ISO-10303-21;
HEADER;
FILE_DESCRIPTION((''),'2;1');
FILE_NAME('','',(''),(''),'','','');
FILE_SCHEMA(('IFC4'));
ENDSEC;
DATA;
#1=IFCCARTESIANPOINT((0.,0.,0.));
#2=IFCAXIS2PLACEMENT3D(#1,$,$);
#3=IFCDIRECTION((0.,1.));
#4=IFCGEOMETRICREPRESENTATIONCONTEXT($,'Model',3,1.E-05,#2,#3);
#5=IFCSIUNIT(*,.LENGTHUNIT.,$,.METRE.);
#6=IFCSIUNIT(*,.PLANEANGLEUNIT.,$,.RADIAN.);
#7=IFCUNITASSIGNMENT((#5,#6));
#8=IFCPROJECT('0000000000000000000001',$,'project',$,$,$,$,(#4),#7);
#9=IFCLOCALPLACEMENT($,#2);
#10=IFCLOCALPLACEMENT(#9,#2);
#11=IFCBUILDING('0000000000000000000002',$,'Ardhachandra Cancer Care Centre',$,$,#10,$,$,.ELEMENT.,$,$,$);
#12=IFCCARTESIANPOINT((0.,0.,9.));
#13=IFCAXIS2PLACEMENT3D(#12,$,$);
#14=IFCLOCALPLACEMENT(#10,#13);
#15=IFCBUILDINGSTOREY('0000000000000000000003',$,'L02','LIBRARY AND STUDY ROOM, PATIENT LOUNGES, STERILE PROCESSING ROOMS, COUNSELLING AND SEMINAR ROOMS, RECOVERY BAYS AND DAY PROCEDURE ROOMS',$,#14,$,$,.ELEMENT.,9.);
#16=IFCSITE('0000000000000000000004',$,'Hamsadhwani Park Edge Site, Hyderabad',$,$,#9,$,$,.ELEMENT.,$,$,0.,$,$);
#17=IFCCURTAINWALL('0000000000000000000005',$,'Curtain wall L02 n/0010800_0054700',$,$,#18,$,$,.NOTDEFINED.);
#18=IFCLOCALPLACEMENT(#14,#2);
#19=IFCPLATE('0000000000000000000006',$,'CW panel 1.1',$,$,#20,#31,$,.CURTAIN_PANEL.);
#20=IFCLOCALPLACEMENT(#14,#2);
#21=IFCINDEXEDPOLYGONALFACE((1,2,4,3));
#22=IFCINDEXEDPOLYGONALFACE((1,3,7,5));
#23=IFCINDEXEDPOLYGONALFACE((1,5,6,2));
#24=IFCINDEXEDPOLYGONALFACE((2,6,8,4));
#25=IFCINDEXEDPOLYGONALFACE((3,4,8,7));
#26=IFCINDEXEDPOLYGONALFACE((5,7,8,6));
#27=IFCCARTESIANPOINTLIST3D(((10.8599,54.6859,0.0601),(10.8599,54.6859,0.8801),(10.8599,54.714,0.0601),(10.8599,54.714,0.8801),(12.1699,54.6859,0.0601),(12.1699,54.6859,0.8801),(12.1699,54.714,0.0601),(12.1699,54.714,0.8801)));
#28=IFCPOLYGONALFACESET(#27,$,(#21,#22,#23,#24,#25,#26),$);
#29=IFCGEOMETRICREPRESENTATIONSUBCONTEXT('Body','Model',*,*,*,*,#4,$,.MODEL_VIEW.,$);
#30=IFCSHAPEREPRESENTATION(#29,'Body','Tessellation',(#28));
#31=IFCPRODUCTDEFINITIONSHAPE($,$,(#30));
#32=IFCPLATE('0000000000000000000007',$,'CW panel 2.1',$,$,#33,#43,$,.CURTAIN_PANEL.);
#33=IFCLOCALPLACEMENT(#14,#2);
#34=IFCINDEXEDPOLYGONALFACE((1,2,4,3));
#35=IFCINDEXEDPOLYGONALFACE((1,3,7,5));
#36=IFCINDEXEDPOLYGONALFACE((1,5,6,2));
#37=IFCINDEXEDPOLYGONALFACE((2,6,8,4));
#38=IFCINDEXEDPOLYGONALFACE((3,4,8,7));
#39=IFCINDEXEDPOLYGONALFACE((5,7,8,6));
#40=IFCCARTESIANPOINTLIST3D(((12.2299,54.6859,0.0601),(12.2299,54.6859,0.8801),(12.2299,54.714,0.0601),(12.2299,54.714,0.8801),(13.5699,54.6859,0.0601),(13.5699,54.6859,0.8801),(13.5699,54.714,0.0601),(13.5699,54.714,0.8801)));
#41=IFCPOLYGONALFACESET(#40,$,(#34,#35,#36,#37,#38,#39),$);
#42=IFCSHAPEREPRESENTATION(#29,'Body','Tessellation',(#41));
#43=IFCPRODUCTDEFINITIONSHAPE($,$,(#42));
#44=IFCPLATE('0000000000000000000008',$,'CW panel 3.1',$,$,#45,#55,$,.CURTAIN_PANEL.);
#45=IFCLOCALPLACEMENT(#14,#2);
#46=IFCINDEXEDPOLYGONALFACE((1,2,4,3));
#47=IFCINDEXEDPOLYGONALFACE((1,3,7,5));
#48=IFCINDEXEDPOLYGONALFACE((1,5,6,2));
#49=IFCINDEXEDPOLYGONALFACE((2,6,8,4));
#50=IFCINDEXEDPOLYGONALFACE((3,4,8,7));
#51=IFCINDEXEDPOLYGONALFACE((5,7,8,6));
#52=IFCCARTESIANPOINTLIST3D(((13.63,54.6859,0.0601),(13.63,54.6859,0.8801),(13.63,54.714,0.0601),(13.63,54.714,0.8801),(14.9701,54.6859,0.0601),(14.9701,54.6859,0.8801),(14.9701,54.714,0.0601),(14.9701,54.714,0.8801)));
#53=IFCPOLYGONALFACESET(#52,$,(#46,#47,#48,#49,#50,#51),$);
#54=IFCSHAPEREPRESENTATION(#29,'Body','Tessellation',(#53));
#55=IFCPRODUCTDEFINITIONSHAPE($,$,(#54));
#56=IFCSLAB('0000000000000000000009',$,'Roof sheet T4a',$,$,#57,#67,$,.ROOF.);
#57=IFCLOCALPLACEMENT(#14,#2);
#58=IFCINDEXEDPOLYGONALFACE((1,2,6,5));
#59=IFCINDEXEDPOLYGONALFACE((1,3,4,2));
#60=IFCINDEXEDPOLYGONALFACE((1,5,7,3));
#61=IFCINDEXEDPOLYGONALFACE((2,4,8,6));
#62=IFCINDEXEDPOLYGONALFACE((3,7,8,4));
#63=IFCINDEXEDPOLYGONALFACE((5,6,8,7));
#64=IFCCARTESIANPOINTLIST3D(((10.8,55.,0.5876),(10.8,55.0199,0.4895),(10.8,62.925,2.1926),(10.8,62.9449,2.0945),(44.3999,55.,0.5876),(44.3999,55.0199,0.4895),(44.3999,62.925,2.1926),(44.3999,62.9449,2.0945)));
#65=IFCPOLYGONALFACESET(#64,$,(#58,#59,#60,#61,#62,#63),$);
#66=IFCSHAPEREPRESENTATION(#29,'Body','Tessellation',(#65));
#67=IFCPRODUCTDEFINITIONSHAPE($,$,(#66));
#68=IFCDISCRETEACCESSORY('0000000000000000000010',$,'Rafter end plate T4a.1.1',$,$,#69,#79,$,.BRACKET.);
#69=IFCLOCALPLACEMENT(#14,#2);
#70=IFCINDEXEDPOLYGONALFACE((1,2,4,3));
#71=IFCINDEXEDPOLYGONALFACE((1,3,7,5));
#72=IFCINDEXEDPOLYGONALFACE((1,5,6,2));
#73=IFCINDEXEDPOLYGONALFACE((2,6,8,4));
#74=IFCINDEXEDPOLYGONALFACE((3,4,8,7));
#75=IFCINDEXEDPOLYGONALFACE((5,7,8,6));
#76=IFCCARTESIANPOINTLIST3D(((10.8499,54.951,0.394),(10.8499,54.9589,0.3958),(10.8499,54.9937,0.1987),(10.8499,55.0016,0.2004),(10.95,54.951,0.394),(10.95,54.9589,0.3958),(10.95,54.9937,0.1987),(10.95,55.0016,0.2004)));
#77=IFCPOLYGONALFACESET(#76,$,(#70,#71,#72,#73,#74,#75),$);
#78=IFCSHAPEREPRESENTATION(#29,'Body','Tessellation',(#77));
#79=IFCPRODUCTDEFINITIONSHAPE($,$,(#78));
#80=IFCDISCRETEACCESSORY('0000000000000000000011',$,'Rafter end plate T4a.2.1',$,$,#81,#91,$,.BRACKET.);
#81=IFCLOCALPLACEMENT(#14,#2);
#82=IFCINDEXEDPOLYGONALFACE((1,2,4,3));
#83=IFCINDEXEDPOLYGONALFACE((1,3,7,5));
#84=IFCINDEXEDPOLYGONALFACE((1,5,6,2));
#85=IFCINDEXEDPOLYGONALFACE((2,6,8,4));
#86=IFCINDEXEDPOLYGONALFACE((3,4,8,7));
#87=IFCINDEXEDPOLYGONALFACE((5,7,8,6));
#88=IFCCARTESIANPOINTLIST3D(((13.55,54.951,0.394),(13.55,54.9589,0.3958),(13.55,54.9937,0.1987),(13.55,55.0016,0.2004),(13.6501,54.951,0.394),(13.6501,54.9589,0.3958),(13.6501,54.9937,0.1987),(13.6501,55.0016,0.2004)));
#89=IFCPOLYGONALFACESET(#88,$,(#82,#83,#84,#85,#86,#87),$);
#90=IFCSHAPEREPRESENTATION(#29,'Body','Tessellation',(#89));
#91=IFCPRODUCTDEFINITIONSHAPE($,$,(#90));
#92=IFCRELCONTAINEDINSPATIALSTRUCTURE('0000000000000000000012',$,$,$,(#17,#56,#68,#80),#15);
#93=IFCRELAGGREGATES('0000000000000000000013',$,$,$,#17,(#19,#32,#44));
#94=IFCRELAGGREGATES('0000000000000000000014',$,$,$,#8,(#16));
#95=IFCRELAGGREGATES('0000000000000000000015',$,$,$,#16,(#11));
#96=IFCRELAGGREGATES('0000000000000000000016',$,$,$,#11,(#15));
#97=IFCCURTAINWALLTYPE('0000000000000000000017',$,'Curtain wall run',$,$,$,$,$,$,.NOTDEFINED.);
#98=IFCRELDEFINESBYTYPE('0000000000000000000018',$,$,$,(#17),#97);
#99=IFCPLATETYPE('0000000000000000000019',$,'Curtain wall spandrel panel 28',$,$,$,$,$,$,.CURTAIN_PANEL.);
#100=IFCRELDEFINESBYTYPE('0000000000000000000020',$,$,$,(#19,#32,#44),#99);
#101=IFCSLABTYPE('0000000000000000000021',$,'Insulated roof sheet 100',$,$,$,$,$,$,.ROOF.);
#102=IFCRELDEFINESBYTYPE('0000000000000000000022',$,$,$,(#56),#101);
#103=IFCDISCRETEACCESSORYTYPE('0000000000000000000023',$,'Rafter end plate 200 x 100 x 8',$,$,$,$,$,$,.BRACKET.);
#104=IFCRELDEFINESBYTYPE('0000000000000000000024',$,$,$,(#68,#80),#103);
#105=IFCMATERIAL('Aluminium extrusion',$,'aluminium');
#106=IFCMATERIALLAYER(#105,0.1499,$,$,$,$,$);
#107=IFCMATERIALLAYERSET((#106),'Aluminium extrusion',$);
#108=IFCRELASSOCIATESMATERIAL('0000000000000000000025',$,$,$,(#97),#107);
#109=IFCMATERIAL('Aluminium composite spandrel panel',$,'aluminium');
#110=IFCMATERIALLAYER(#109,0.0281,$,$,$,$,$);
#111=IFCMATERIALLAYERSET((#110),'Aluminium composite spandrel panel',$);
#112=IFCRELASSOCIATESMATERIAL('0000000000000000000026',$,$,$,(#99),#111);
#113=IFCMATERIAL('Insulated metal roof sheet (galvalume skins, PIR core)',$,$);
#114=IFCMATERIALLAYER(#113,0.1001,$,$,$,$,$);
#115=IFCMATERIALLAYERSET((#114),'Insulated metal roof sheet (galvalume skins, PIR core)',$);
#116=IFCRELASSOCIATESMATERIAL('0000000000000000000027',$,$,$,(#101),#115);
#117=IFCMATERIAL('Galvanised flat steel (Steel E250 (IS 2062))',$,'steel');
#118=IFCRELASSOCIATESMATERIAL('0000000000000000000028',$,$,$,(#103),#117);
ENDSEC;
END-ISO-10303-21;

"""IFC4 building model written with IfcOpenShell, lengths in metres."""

from ifc_helpers import new_model, si_unit, direction, frame, origin, origin_2d, place, context, subcontext, project, spatial, polyline, rectangle, outline, extrude, material, layer, layer_set, material_profile, profile_set, type_object, element, aggregate, save


model = new_model("IFC4")

# Units and contexts
model_context = context("Model", 3, precision=1e-05, world=origin(), true_north=direction((0.0, 1.0)))
body_context = subcontext(model_context, "Body", "Model", "MODEL_VIEW")
ifc_project = project(units=[si_unit("LENGTHUNIT", "METRE"), si_unit("PLANEANGLEUNIT", "RADIAN")], contexts=[model_context])

# Site, building, storey
site_placement = place(None, origin())
site = spatial("IfcSite", under=ifc_project, at=site_placement, Name="Hamsadhwani Park Edge Site, Hyderabad", CompositionType="ELEMENT", RefElevation=0.0)
building_placement = place(site_placement, origin())
building = spatial("IfcBuilding", under=site, at=building_placement, Name="Ardhachandra Cancer Care Centre", CompositionType="ELEMENT")
storey_placement = place(building_placement, frame((0.0, 0.0, 9.0)))
storey = spatial("IfcBuildingStorey", under=building, at=storey_placement, Name="L02", Description="LIBRARY AND STUDY ROOM, PATIENT LOUNGES, STERILE PROCESSING ROOMS, COUNSELLING AND SEMINAR ROOMS, RECOVERY BAYS AND DAY PROCEDURE ROOMS", CompositionType="ELEMENT", Elevation=9.0)

# Curtain wall
ifc_material_1 = material(Name="Aluminium extrusion", Category="aluminium")
ifc_layer_1 = layer(ifc_material_1, 0.1499)
ifc_layer_set_1 = layer_set([ifc_layer_1], Name="Aluminium extrusion")
curtain_wall_type = type_object("IfcCurtainWallType", Name="Curtain wall run", PredefinedType="NOTDEFINED", material=ifc_layer_set_1)
curtain_wall_placement = place(storey_placement, origin())
curtain_wall = element("IfcCurtainWall", 1, at=curtain_wall_placement, inside=storey, type_object=curtain_wall_type, Name="Curtain wall L02 n/0010800_0054700", PredefinedType="NOTDEFINED")

# Plates
ifc_material_2 = material(Name="Aluminium composite spandrel panel", Category="aluminium")
ifc_layer_2 = layer(ifc_material_2, 0.0281)
ifc_layer_set_2 = layer_set([ifc_layer_2], Name="Aluminium composite spandrel panel")
plate_type_1 = type_object("IfcPlateType", Name="Curtain wall spandrel panel 28", PredefinedType="CURTAIN_PANEL", material=ifc_layer_set_2)
plate_1_placement = place(storey_placement, frame((11.5149, 54.7, 0.0601), z_axis=(0.0, 0.0, 1.0), x_axis=(1.0, 0.0, 0.0)))
plate_1 = element("IfcPlate", 2, at=plate_1_placement, type_object=plate_type_1, Name="CW panel 1.1", PredefinedType="CURTAIN_PANEL", context=body_context, shape_type="SweptSolid", body=[
    extrude(rectangle(XDim=1.3101, YDim=0.0281, at=origin_2d()), origin(), (0.0, 0.0, 1.0), 0.8201),
])
plate_2_placement = place(storey_placement, frame((12.8999, 54.7, 0.0601), z_axis=(0.0, 0.0, 1.0), x_axis=(1.0, 0.0, 0.0)))
plate_2 = element("IfcPlate", 3, at=plate_2_placement, type_object=plate_type_1, Name="CW panel 2.1", PredefinedType="CURTAIN_PANEL", context=body_context, shape_type="SweptSolid", body=[
    extrude(rectangle(XDim=1.3401, YDim=0.0281, at=origin_2d()), origin(), (0.0, 0.0, 1.0), 0.8201),
])
plate_3_placement = place(storey_placement, frame((14.3, 54.7, 0.0601), z_axis=(0.0, 0.0, 1.0), x_axis=(1.0, 0.0, 0.0)))
plate_3 = element("IfcPlate", 4, at=plate_3_placement, type_object=plate_type_1, Name="CW panel 3.1", PredefinedType="CURTAIN_PANEL", context=body_context, shape_type="SweptSolid", body=[
    extrude(rectangle(XDim=1.3401, YDim=0.0281, at=origin_2d()), origin(), (0.0, 0.0, 1.0), 0.8201),
])
aggregate(curtain_wall, [plate_1, plate_2, plate_3])

# Slab
ifc_material_3 = material(Name="Insulated metal roof sheet (galvalume skins, PIR core)")
ifc_layer_3 = layer(ifc_material_3, 0.1001)
ifc_layer_set_3 = layer_set([ifc_layer_3], Name="Insulated metal roof sheet (galvalume skins, PIR core)")
slab_type = type_object("IfcSlabType", Name="Insulated roof sheet 100", PredefinedType="ROOF", material=ifc_layer_set_3)
slab_placement = place(storey_placement, frame((10.8, 55.0, 0.5876), z_axis=(0.0, -0.19849, 0.980103), x_axis=(1.0, 0.0, 0.0)))
element("IfcSlab", 5, at=slab_placement, inside=storey, type_object=slab_type, Name="Roof sheet T4a", PredefinedType="ROOF", context=body_context, shape_type="SweptSolid", body=[
    extrude(outline(polyline([(0.0, 0.0), (33.5999, 0.0), (33.5999, 8.0859), (0.0, 8.0859), (0.0, 0.0)])), origin(), (0.0, 0.0, -1.0), 0.1001),
])

# Discrete accessories
ifc_material_4 = material(Name="Galvanised flat steel (Steel E250 (IS 2062))", Category="steel")
ifc_material_profile_1 = material_profile(ifc_material_4, rectangle(XDim=0.1001, YDim=0.2, at=origin_2d()), Name="Rafter end plate 200 x 100 x 8")
ifc_profile_set_1 = profile_set([ifc_material_profile_1], Name="Galvanised flat steel (Steel E250 (IS 2062))")
discrete_accessory_type = type_object("IfcDiscreteAccessoryType", Name="Rafter end plate 200 x 100 x 8", PredefinedType="BRACKET", material=ifc_profile_set_1)
for number, where, z_axis, x_axis, name in (
    (6, (10.8999, 54.9802, 0.2981), (0.0, -0.9769, -0.213697), (1.0, 0.0, 0.0), "Rafter end plate T4a.1.1"),
    (7, (13.6001, 54.9802, 0.2981), (0.0, -0.9769, -0.213697), (1.0, 0.0, 0.0), "Rafter end plate T4a.2.1"),
):
    element("IfcDiscreteAccessory", number, at=place(storey_placement, frame(where, z_axis=z_axis, x_axis=x_axis)), inside=storey, type_object=discrete_accessory_type, Name=name, PredefinedType="BRACKET", context=body_context, shape_type="SweptSolid", body=[
        extrude(rectangle(XDim=0.1001, YDim=0.2, at=origin_2d()), origin(), (0.0, 0.0, 1.0), 0.0081),
    ])

save(model, "model.ifc")
